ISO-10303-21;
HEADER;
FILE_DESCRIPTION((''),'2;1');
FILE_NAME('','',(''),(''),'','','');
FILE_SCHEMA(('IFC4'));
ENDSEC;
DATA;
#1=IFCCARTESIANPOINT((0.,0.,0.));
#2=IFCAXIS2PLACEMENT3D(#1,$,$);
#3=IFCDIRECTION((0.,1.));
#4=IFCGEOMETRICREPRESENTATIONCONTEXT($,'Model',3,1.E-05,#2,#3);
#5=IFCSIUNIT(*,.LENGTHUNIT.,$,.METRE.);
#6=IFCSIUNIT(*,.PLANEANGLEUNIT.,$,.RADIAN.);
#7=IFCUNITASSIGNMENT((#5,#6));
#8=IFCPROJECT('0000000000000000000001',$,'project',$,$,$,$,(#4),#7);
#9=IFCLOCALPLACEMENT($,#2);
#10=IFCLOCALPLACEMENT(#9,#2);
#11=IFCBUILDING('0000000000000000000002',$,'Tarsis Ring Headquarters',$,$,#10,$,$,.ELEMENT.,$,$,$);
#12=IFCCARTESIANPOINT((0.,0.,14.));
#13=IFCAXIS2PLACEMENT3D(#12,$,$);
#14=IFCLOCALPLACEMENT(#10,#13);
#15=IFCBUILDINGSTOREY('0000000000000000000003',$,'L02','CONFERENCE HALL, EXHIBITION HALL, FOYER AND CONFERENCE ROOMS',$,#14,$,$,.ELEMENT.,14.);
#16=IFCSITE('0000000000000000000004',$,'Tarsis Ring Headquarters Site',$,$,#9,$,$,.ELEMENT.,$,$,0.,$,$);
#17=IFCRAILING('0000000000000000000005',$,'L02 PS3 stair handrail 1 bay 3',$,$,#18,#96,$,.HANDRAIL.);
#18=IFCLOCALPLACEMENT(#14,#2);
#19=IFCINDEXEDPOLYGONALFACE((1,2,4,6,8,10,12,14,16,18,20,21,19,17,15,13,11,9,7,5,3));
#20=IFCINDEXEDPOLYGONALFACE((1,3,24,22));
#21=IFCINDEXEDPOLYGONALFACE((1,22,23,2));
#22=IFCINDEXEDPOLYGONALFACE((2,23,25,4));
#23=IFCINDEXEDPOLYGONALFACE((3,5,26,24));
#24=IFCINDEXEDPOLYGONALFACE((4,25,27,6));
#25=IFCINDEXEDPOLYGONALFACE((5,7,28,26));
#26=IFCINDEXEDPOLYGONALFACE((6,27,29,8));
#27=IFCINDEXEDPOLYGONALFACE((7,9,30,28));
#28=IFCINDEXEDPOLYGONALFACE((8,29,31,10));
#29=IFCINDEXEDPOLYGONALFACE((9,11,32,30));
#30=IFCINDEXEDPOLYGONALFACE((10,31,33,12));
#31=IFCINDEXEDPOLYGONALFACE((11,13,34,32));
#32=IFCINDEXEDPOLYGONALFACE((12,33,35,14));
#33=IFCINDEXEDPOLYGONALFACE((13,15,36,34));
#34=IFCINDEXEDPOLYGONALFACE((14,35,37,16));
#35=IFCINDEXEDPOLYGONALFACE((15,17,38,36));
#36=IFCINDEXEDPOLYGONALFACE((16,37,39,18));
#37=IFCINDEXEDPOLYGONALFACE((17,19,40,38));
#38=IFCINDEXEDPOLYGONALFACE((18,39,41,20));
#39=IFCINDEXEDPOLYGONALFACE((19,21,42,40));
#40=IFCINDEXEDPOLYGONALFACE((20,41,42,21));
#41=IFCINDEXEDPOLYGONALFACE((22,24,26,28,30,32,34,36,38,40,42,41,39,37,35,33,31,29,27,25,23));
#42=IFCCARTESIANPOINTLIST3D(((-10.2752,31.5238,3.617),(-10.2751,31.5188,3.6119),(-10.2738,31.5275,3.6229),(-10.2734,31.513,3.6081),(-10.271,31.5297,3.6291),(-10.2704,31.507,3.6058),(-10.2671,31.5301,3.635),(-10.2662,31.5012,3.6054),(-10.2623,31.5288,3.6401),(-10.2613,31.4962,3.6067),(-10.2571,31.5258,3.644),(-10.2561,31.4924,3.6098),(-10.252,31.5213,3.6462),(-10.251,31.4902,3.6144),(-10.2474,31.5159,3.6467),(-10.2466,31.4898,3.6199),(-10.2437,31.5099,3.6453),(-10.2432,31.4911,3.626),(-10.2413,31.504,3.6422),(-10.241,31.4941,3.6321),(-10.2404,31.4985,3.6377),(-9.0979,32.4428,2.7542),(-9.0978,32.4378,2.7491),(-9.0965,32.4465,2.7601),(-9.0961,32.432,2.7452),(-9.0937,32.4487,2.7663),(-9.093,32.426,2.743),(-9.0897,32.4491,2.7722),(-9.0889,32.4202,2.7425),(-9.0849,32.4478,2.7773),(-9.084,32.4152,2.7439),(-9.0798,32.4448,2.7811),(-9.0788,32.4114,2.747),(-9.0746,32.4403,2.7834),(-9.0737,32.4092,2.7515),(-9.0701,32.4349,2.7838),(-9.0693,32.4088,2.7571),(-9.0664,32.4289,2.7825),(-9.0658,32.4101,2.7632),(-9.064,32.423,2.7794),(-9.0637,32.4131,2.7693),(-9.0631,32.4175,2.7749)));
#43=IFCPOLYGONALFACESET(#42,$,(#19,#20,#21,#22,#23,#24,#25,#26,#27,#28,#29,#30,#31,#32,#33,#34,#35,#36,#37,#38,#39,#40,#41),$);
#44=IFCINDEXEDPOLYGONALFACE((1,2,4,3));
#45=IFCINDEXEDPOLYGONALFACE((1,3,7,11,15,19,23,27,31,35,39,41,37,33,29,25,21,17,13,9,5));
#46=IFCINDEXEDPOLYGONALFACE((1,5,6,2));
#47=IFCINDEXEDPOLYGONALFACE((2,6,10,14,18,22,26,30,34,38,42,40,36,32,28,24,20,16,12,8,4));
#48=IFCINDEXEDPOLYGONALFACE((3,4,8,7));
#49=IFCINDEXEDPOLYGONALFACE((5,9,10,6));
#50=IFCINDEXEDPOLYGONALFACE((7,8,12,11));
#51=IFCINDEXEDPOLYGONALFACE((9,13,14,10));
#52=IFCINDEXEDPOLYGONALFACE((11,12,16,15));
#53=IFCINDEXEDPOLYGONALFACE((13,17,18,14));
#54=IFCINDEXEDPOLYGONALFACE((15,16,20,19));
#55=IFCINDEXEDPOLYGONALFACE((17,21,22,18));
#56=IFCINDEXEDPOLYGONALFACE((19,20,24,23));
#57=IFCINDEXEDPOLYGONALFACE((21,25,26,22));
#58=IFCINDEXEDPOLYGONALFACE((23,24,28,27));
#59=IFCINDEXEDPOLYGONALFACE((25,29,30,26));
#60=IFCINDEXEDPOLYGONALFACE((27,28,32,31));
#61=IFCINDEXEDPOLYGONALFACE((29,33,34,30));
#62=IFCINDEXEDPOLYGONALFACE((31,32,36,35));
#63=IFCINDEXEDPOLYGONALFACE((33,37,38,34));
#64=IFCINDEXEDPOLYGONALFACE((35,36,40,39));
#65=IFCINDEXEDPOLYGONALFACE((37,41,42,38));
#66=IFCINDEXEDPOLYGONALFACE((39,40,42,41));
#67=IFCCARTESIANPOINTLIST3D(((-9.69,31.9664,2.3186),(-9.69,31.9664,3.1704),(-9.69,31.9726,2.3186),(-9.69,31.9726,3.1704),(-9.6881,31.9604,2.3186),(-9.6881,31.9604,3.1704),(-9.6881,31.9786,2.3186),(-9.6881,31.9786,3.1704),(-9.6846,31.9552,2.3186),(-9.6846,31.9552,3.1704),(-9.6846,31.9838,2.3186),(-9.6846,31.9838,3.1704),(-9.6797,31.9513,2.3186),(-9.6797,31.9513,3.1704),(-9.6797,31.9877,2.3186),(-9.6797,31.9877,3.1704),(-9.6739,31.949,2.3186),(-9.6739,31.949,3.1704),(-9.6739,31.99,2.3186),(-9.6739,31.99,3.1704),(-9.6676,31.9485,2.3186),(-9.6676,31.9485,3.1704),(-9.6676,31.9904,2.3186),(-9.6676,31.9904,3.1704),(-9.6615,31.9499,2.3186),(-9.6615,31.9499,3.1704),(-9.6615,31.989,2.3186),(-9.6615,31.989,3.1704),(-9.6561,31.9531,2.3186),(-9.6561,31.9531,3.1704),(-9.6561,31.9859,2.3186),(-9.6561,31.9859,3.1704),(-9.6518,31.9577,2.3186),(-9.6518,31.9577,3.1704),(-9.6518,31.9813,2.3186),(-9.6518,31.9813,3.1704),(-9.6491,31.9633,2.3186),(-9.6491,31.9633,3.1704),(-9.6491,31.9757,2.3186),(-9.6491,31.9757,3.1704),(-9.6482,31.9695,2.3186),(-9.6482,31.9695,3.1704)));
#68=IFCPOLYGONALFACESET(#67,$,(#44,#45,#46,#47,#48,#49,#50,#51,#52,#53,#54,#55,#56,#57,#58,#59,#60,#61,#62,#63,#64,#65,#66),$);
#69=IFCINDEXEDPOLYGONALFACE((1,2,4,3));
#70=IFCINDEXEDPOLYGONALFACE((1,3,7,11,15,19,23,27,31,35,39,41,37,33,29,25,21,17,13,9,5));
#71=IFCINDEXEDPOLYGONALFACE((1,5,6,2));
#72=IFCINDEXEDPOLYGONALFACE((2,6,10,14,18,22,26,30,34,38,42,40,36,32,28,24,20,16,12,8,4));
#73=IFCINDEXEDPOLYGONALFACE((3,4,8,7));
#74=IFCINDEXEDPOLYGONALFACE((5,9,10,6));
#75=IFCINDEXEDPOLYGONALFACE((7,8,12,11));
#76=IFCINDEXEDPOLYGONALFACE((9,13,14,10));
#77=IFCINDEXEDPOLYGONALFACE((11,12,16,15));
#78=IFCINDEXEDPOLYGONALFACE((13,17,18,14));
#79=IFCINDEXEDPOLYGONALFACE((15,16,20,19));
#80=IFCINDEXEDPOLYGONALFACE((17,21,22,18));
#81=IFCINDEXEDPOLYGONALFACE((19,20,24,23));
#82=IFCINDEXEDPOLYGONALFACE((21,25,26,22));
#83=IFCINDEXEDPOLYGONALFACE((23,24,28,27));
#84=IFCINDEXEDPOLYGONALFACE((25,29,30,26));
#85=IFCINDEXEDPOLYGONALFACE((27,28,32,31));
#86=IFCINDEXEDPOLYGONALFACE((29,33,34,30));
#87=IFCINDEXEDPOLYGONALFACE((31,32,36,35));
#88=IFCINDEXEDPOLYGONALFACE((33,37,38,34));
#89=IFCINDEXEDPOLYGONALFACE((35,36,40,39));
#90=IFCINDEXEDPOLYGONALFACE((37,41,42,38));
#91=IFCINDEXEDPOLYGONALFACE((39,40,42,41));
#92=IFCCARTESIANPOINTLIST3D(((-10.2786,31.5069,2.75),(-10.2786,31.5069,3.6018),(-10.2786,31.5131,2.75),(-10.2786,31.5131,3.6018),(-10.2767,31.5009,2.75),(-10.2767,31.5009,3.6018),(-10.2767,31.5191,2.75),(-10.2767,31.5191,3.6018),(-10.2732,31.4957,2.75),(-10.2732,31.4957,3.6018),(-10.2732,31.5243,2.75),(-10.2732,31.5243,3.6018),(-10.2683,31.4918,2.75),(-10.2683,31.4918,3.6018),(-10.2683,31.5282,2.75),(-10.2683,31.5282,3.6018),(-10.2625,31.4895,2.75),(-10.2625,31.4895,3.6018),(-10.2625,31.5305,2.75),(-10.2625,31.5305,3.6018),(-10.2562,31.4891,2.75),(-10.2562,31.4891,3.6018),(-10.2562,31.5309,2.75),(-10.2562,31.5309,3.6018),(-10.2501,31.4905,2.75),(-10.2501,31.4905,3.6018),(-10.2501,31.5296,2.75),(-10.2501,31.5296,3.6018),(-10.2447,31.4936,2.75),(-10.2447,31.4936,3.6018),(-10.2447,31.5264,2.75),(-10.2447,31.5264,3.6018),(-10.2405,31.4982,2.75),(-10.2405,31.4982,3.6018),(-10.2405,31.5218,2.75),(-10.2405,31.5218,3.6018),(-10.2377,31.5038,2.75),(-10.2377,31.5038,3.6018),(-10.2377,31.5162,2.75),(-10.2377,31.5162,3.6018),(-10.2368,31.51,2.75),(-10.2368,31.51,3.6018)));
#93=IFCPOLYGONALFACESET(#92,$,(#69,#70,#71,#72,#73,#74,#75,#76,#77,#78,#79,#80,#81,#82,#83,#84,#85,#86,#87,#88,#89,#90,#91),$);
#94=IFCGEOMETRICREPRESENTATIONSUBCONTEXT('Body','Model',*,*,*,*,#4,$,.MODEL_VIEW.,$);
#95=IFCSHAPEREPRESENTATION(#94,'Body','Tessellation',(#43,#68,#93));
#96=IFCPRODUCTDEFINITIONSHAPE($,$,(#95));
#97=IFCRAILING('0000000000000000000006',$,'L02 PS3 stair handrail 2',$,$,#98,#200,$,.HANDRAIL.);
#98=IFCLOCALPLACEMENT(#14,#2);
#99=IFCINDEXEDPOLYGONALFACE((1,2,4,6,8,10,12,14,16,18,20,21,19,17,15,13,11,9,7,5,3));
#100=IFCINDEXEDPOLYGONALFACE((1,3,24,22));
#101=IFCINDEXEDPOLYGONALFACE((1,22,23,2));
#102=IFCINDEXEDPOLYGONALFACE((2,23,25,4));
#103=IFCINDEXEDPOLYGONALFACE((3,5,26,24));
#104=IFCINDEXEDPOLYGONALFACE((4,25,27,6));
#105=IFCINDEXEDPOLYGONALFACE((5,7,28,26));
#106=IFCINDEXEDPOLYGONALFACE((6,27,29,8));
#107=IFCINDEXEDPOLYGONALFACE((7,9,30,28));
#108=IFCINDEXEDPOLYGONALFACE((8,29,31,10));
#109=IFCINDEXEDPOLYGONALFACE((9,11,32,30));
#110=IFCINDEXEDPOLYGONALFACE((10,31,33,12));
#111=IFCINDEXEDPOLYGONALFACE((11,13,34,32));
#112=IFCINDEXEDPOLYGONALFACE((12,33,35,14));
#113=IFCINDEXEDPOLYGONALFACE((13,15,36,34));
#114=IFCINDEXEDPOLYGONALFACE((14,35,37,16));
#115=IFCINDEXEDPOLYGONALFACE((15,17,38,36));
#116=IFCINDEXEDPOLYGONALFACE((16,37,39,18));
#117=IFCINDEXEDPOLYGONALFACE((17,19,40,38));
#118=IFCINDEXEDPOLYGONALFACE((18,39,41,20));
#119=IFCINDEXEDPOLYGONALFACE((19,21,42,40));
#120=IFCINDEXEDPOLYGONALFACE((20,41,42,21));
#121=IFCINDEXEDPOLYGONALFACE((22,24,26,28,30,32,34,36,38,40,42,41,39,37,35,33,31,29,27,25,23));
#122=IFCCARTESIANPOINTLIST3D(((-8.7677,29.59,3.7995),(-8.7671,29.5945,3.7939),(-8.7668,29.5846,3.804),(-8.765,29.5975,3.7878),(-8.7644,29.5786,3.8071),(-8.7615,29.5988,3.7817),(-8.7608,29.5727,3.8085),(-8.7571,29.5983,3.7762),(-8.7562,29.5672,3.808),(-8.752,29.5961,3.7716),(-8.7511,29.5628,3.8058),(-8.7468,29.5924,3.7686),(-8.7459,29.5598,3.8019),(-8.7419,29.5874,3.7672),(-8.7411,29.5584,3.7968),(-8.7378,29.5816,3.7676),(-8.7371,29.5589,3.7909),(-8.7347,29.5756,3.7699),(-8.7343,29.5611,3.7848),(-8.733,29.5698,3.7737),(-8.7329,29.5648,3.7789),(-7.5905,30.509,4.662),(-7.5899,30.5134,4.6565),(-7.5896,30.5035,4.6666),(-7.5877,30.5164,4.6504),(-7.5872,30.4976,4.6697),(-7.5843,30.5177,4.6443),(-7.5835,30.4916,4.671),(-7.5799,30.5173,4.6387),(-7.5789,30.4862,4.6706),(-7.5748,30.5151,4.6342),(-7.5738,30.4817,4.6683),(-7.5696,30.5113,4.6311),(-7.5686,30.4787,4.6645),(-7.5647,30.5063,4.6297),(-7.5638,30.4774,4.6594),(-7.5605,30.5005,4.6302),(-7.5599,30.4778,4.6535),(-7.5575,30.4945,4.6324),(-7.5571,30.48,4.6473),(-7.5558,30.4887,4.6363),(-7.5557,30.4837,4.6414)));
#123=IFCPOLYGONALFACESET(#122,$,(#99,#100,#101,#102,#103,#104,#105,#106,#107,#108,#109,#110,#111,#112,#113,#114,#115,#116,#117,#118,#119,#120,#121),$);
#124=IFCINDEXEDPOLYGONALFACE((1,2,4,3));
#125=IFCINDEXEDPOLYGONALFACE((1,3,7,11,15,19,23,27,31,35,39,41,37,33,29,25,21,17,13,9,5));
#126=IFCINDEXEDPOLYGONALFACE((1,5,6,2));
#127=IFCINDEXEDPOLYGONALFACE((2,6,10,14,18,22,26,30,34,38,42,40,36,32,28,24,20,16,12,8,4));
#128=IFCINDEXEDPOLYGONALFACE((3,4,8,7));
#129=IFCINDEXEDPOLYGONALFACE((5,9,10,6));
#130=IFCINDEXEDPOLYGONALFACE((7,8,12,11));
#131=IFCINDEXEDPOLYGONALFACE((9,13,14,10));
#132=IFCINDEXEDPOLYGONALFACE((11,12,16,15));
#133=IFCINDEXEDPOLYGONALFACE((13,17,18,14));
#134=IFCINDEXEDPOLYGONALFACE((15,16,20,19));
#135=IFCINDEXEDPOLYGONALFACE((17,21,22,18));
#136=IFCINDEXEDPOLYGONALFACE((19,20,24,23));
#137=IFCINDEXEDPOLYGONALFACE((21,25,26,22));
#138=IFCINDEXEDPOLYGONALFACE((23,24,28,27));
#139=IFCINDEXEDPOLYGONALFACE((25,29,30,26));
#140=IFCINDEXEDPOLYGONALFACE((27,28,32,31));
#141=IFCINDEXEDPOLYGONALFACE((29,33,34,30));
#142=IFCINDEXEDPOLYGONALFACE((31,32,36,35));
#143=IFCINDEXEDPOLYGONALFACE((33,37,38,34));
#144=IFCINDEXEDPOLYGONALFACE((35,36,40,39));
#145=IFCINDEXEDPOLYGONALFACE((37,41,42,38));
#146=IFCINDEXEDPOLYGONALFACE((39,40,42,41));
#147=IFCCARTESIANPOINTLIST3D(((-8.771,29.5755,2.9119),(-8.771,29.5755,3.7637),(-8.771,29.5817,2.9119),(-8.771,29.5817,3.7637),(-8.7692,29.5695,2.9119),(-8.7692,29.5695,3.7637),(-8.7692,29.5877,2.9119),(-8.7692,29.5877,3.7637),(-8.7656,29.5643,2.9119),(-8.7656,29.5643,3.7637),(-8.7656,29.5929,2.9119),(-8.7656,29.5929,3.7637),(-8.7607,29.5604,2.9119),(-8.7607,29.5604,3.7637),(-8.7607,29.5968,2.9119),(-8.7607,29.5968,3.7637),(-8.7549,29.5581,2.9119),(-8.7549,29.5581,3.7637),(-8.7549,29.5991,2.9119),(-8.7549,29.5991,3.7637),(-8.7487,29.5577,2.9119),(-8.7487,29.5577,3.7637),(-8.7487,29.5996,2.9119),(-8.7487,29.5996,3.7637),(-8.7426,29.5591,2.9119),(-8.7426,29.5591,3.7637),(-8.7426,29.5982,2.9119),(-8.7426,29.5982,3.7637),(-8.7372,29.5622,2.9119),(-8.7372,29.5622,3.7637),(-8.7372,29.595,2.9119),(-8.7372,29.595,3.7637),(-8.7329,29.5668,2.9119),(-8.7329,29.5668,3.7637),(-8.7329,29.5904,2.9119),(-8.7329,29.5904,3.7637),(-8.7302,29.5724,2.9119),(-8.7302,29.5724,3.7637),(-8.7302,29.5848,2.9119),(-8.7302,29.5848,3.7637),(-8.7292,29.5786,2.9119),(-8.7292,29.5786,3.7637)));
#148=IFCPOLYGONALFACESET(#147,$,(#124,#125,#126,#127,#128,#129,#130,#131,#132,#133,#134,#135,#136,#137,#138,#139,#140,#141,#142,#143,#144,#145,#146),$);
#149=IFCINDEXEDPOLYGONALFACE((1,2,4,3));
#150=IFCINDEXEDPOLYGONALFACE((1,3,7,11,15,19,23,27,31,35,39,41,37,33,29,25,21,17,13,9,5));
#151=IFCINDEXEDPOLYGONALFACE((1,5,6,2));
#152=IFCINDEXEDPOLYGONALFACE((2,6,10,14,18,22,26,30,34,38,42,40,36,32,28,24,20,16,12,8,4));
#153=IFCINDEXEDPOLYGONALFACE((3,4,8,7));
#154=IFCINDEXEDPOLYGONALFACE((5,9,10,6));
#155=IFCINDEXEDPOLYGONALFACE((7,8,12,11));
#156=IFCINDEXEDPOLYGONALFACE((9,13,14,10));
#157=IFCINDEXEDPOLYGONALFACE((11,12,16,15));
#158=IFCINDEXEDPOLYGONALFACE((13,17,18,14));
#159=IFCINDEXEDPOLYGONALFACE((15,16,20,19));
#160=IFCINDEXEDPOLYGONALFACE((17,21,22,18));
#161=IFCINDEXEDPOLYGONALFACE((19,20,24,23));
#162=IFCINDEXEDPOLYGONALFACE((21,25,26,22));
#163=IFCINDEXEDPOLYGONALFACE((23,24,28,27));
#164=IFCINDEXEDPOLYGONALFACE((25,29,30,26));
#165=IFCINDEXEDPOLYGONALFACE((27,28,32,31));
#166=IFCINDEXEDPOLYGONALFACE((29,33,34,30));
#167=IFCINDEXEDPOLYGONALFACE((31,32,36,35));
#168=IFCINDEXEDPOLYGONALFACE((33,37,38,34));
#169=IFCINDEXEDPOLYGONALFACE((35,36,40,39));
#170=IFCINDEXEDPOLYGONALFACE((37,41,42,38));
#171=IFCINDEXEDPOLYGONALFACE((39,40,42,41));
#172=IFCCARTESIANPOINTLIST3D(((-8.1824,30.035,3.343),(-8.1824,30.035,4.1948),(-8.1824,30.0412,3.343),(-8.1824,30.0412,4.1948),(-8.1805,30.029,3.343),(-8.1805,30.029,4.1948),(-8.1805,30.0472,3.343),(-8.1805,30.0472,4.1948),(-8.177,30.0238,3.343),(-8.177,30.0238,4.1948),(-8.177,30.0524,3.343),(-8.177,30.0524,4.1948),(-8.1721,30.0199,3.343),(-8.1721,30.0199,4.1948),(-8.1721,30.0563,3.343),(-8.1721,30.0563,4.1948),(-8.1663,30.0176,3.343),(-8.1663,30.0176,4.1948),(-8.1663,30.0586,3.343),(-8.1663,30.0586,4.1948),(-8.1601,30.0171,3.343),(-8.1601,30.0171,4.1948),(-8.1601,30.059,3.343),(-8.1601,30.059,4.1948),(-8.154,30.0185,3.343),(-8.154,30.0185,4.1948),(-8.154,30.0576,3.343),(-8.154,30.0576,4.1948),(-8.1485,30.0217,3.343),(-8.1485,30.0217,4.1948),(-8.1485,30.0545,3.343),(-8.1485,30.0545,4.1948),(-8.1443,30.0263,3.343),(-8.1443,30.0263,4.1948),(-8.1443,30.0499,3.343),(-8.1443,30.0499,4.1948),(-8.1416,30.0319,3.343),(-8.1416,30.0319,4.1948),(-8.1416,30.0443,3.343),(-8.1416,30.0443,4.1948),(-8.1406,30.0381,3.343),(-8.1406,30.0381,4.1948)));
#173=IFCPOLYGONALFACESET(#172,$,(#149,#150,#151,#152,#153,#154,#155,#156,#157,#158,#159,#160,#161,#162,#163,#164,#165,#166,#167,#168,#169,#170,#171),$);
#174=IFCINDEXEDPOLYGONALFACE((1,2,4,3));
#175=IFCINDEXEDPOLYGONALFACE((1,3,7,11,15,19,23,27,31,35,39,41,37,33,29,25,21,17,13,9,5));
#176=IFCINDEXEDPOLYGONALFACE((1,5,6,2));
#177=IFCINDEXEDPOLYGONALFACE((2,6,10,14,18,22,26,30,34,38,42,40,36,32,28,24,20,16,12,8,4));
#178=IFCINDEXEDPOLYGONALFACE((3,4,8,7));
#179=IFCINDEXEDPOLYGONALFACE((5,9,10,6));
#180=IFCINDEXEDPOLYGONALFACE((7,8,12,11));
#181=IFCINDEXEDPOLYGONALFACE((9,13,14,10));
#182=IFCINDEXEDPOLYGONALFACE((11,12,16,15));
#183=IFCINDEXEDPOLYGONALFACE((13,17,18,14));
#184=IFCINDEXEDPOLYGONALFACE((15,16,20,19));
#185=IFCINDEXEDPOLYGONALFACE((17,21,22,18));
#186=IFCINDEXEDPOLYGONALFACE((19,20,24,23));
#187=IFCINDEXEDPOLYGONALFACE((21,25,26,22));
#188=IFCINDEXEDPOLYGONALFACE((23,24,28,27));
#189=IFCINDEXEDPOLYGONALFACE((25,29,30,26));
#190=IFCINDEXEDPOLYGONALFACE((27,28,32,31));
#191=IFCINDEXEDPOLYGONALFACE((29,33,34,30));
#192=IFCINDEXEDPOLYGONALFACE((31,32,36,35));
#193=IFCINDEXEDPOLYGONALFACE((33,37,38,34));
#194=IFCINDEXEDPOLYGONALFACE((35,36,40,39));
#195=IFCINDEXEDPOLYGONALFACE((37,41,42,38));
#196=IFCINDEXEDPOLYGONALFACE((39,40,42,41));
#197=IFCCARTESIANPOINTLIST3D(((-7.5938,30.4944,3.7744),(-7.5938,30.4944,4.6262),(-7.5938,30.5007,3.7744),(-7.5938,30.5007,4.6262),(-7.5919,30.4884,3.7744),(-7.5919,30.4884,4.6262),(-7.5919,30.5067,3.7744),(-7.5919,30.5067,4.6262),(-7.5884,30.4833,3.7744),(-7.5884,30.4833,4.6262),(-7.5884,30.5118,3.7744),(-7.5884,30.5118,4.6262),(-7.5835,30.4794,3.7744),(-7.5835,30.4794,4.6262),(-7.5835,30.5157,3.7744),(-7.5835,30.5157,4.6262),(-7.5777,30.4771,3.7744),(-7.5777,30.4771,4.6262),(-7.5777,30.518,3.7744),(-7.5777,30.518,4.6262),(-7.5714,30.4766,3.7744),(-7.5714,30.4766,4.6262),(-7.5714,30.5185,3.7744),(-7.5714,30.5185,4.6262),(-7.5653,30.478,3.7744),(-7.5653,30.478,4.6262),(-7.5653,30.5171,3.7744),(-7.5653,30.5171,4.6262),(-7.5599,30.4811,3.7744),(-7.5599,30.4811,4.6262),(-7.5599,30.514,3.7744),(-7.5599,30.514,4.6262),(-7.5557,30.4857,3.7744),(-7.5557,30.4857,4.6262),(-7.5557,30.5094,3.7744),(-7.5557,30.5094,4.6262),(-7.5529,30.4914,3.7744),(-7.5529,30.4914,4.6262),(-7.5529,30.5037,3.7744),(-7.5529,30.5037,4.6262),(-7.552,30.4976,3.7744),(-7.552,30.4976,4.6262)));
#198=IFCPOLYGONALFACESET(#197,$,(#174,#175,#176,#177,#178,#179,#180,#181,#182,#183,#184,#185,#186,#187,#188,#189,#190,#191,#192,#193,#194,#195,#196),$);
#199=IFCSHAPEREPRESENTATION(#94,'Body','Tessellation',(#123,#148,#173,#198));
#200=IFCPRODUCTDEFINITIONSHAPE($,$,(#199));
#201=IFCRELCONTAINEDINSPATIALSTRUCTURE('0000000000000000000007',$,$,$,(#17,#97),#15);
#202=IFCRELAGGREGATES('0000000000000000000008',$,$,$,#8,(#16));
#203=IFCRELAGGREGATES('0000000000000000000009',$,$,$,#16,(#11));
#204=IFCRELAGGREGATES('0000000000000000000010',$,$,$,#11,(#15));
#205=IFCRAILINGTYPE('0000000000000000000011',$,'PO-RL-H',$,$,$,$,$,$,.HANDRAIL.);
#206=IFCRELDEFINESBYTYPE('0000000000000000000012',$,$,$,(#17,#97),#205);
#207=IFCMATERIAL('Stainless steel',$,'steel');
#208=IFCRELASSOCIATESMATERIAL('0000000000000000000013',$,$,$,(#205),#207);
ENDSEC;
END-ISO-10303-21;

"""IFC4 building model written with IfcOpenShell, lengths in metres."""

from ifc_helpers import new_model, si_unit, direction, frame, origin, origin_2d, place, context, subcontext, project, spatial, circle, extrude, material, type_object, element, save


model = new_model("IFC4")

# Units and contexts
model_context = context("Model", 3, precision=1e-05, world=origin(), true_north=direction((0.0, 1.0)))
body_context = subcontext(model_context, "Body", "Model", "MODEL_VIEW")
ifc_project = project(units=[si_unit("LENGTHUNIT", "METRE"), si_unit("PLANEANGLEUNIT", "RADIAN")], contexts=[model_context])

# Site, building, storey
site_placement = place(None, origin())
site = spatial("IfcSite", under=ifc_project, at=site_placement, Name="Tarsis Ring Headquarters Site", CompositionType="ELEMENT", RefElevation=0.0)
building_placement = place(site_placement, origin())
building = spatial("IfcBuilding", under=site, at=building_placement, Name="Tarsis Ring Headquarters", CompositionType="ELEMENT")
storey_placement = place(building_placement, frame((0.0, 0.0, 14.0)))
storey = spatial("IfcBuildingStorey", under=building, at=storey_placement, Name="L02", Description="CONFERENCE HALL, EXHIBITION HALL, FOYER AND CONFERENCE ROOMS", CompositionType="ELEMENT", Elevation=14.0)

# Railings
ifc_material_1 = material(Name="Stainless steel", Category="steel")
railing_type_1 = type_object("IfcRailingType", Name="PO-RL-H", PredefinedType="HANDRAIL", material=ifc_material_1)
railing_1_placement = place(storey_placement, frame((-9.0806, 32.429, 1.8872)))
element("IfcRailing", 1, at=railing_1_placement, inside=storey, type_object=railing_type_1, Name="L02 PS3 stair handrail 1 bay 3", PredefinedType="HANDRAIL", context=body_context, shape_type="SweptSolid", body=[
    extrude(circle(Radius=0.0239, at=origin_2d()), frame((0.0, 0.0, 0.876), z_axis=(-0.682558, -0.532798, 0.500241), x_axis=(0.61532, -0.788277, 0.0)), (0.0, 0.0, 1.0), 1.7249),
    extrude(circle(Radius=0.021, at=origin_2d()), frame((-0.5886, -0.4595, 0.4314)), (0.0, 0.0, 1.0), 0.8518),
    extrude(circle(Radius=0.021, at=origin_2d()), frame((-1.1772, -0.9189, 0.8628)), (0.0, 0.0, 1.0), 0.8518),
])
railing_2_placement = place(storey_placement, frame((-8.7502, 29.5786, 2.9119)))
element("IfcRailing", 2, at=railing_2_placement, inside=storey, type_object=railing_type_1, Name="L02 PS3 stair handrail 2", PredefinedType="HANDRAIL", context=body_context, shape_type="SweptSolid", body=[
    extrude(circle(Radius=0.0239, at=origin_2d()), frame((0.0, 0.0, 0.876), z_axis=(0.682607, 0.532835, 0.500135), x_axis=(-0.61532, 0.788277, 0.0)), (0.0, 0.0, 1.0), 1.7246),
    extrude(circle(Radius=0.021, at=origin_2d()), origin(), (0.0, 0.0, 1.0), 0.8518),
    extrude(circle(Radius=0.021, at=origin_2d()), frame((0.5886, 0.4595, 0.4312)), (0.0, 0.0, 1.0), 0.8518),
    extrude(circle(Radius=0.021, at=origin_2d()), frame((1.1772, 0.9189, 0.8625)), (0.0, 0.0, 1.0), 0.8518),
])

save(model, "model.ifc")
